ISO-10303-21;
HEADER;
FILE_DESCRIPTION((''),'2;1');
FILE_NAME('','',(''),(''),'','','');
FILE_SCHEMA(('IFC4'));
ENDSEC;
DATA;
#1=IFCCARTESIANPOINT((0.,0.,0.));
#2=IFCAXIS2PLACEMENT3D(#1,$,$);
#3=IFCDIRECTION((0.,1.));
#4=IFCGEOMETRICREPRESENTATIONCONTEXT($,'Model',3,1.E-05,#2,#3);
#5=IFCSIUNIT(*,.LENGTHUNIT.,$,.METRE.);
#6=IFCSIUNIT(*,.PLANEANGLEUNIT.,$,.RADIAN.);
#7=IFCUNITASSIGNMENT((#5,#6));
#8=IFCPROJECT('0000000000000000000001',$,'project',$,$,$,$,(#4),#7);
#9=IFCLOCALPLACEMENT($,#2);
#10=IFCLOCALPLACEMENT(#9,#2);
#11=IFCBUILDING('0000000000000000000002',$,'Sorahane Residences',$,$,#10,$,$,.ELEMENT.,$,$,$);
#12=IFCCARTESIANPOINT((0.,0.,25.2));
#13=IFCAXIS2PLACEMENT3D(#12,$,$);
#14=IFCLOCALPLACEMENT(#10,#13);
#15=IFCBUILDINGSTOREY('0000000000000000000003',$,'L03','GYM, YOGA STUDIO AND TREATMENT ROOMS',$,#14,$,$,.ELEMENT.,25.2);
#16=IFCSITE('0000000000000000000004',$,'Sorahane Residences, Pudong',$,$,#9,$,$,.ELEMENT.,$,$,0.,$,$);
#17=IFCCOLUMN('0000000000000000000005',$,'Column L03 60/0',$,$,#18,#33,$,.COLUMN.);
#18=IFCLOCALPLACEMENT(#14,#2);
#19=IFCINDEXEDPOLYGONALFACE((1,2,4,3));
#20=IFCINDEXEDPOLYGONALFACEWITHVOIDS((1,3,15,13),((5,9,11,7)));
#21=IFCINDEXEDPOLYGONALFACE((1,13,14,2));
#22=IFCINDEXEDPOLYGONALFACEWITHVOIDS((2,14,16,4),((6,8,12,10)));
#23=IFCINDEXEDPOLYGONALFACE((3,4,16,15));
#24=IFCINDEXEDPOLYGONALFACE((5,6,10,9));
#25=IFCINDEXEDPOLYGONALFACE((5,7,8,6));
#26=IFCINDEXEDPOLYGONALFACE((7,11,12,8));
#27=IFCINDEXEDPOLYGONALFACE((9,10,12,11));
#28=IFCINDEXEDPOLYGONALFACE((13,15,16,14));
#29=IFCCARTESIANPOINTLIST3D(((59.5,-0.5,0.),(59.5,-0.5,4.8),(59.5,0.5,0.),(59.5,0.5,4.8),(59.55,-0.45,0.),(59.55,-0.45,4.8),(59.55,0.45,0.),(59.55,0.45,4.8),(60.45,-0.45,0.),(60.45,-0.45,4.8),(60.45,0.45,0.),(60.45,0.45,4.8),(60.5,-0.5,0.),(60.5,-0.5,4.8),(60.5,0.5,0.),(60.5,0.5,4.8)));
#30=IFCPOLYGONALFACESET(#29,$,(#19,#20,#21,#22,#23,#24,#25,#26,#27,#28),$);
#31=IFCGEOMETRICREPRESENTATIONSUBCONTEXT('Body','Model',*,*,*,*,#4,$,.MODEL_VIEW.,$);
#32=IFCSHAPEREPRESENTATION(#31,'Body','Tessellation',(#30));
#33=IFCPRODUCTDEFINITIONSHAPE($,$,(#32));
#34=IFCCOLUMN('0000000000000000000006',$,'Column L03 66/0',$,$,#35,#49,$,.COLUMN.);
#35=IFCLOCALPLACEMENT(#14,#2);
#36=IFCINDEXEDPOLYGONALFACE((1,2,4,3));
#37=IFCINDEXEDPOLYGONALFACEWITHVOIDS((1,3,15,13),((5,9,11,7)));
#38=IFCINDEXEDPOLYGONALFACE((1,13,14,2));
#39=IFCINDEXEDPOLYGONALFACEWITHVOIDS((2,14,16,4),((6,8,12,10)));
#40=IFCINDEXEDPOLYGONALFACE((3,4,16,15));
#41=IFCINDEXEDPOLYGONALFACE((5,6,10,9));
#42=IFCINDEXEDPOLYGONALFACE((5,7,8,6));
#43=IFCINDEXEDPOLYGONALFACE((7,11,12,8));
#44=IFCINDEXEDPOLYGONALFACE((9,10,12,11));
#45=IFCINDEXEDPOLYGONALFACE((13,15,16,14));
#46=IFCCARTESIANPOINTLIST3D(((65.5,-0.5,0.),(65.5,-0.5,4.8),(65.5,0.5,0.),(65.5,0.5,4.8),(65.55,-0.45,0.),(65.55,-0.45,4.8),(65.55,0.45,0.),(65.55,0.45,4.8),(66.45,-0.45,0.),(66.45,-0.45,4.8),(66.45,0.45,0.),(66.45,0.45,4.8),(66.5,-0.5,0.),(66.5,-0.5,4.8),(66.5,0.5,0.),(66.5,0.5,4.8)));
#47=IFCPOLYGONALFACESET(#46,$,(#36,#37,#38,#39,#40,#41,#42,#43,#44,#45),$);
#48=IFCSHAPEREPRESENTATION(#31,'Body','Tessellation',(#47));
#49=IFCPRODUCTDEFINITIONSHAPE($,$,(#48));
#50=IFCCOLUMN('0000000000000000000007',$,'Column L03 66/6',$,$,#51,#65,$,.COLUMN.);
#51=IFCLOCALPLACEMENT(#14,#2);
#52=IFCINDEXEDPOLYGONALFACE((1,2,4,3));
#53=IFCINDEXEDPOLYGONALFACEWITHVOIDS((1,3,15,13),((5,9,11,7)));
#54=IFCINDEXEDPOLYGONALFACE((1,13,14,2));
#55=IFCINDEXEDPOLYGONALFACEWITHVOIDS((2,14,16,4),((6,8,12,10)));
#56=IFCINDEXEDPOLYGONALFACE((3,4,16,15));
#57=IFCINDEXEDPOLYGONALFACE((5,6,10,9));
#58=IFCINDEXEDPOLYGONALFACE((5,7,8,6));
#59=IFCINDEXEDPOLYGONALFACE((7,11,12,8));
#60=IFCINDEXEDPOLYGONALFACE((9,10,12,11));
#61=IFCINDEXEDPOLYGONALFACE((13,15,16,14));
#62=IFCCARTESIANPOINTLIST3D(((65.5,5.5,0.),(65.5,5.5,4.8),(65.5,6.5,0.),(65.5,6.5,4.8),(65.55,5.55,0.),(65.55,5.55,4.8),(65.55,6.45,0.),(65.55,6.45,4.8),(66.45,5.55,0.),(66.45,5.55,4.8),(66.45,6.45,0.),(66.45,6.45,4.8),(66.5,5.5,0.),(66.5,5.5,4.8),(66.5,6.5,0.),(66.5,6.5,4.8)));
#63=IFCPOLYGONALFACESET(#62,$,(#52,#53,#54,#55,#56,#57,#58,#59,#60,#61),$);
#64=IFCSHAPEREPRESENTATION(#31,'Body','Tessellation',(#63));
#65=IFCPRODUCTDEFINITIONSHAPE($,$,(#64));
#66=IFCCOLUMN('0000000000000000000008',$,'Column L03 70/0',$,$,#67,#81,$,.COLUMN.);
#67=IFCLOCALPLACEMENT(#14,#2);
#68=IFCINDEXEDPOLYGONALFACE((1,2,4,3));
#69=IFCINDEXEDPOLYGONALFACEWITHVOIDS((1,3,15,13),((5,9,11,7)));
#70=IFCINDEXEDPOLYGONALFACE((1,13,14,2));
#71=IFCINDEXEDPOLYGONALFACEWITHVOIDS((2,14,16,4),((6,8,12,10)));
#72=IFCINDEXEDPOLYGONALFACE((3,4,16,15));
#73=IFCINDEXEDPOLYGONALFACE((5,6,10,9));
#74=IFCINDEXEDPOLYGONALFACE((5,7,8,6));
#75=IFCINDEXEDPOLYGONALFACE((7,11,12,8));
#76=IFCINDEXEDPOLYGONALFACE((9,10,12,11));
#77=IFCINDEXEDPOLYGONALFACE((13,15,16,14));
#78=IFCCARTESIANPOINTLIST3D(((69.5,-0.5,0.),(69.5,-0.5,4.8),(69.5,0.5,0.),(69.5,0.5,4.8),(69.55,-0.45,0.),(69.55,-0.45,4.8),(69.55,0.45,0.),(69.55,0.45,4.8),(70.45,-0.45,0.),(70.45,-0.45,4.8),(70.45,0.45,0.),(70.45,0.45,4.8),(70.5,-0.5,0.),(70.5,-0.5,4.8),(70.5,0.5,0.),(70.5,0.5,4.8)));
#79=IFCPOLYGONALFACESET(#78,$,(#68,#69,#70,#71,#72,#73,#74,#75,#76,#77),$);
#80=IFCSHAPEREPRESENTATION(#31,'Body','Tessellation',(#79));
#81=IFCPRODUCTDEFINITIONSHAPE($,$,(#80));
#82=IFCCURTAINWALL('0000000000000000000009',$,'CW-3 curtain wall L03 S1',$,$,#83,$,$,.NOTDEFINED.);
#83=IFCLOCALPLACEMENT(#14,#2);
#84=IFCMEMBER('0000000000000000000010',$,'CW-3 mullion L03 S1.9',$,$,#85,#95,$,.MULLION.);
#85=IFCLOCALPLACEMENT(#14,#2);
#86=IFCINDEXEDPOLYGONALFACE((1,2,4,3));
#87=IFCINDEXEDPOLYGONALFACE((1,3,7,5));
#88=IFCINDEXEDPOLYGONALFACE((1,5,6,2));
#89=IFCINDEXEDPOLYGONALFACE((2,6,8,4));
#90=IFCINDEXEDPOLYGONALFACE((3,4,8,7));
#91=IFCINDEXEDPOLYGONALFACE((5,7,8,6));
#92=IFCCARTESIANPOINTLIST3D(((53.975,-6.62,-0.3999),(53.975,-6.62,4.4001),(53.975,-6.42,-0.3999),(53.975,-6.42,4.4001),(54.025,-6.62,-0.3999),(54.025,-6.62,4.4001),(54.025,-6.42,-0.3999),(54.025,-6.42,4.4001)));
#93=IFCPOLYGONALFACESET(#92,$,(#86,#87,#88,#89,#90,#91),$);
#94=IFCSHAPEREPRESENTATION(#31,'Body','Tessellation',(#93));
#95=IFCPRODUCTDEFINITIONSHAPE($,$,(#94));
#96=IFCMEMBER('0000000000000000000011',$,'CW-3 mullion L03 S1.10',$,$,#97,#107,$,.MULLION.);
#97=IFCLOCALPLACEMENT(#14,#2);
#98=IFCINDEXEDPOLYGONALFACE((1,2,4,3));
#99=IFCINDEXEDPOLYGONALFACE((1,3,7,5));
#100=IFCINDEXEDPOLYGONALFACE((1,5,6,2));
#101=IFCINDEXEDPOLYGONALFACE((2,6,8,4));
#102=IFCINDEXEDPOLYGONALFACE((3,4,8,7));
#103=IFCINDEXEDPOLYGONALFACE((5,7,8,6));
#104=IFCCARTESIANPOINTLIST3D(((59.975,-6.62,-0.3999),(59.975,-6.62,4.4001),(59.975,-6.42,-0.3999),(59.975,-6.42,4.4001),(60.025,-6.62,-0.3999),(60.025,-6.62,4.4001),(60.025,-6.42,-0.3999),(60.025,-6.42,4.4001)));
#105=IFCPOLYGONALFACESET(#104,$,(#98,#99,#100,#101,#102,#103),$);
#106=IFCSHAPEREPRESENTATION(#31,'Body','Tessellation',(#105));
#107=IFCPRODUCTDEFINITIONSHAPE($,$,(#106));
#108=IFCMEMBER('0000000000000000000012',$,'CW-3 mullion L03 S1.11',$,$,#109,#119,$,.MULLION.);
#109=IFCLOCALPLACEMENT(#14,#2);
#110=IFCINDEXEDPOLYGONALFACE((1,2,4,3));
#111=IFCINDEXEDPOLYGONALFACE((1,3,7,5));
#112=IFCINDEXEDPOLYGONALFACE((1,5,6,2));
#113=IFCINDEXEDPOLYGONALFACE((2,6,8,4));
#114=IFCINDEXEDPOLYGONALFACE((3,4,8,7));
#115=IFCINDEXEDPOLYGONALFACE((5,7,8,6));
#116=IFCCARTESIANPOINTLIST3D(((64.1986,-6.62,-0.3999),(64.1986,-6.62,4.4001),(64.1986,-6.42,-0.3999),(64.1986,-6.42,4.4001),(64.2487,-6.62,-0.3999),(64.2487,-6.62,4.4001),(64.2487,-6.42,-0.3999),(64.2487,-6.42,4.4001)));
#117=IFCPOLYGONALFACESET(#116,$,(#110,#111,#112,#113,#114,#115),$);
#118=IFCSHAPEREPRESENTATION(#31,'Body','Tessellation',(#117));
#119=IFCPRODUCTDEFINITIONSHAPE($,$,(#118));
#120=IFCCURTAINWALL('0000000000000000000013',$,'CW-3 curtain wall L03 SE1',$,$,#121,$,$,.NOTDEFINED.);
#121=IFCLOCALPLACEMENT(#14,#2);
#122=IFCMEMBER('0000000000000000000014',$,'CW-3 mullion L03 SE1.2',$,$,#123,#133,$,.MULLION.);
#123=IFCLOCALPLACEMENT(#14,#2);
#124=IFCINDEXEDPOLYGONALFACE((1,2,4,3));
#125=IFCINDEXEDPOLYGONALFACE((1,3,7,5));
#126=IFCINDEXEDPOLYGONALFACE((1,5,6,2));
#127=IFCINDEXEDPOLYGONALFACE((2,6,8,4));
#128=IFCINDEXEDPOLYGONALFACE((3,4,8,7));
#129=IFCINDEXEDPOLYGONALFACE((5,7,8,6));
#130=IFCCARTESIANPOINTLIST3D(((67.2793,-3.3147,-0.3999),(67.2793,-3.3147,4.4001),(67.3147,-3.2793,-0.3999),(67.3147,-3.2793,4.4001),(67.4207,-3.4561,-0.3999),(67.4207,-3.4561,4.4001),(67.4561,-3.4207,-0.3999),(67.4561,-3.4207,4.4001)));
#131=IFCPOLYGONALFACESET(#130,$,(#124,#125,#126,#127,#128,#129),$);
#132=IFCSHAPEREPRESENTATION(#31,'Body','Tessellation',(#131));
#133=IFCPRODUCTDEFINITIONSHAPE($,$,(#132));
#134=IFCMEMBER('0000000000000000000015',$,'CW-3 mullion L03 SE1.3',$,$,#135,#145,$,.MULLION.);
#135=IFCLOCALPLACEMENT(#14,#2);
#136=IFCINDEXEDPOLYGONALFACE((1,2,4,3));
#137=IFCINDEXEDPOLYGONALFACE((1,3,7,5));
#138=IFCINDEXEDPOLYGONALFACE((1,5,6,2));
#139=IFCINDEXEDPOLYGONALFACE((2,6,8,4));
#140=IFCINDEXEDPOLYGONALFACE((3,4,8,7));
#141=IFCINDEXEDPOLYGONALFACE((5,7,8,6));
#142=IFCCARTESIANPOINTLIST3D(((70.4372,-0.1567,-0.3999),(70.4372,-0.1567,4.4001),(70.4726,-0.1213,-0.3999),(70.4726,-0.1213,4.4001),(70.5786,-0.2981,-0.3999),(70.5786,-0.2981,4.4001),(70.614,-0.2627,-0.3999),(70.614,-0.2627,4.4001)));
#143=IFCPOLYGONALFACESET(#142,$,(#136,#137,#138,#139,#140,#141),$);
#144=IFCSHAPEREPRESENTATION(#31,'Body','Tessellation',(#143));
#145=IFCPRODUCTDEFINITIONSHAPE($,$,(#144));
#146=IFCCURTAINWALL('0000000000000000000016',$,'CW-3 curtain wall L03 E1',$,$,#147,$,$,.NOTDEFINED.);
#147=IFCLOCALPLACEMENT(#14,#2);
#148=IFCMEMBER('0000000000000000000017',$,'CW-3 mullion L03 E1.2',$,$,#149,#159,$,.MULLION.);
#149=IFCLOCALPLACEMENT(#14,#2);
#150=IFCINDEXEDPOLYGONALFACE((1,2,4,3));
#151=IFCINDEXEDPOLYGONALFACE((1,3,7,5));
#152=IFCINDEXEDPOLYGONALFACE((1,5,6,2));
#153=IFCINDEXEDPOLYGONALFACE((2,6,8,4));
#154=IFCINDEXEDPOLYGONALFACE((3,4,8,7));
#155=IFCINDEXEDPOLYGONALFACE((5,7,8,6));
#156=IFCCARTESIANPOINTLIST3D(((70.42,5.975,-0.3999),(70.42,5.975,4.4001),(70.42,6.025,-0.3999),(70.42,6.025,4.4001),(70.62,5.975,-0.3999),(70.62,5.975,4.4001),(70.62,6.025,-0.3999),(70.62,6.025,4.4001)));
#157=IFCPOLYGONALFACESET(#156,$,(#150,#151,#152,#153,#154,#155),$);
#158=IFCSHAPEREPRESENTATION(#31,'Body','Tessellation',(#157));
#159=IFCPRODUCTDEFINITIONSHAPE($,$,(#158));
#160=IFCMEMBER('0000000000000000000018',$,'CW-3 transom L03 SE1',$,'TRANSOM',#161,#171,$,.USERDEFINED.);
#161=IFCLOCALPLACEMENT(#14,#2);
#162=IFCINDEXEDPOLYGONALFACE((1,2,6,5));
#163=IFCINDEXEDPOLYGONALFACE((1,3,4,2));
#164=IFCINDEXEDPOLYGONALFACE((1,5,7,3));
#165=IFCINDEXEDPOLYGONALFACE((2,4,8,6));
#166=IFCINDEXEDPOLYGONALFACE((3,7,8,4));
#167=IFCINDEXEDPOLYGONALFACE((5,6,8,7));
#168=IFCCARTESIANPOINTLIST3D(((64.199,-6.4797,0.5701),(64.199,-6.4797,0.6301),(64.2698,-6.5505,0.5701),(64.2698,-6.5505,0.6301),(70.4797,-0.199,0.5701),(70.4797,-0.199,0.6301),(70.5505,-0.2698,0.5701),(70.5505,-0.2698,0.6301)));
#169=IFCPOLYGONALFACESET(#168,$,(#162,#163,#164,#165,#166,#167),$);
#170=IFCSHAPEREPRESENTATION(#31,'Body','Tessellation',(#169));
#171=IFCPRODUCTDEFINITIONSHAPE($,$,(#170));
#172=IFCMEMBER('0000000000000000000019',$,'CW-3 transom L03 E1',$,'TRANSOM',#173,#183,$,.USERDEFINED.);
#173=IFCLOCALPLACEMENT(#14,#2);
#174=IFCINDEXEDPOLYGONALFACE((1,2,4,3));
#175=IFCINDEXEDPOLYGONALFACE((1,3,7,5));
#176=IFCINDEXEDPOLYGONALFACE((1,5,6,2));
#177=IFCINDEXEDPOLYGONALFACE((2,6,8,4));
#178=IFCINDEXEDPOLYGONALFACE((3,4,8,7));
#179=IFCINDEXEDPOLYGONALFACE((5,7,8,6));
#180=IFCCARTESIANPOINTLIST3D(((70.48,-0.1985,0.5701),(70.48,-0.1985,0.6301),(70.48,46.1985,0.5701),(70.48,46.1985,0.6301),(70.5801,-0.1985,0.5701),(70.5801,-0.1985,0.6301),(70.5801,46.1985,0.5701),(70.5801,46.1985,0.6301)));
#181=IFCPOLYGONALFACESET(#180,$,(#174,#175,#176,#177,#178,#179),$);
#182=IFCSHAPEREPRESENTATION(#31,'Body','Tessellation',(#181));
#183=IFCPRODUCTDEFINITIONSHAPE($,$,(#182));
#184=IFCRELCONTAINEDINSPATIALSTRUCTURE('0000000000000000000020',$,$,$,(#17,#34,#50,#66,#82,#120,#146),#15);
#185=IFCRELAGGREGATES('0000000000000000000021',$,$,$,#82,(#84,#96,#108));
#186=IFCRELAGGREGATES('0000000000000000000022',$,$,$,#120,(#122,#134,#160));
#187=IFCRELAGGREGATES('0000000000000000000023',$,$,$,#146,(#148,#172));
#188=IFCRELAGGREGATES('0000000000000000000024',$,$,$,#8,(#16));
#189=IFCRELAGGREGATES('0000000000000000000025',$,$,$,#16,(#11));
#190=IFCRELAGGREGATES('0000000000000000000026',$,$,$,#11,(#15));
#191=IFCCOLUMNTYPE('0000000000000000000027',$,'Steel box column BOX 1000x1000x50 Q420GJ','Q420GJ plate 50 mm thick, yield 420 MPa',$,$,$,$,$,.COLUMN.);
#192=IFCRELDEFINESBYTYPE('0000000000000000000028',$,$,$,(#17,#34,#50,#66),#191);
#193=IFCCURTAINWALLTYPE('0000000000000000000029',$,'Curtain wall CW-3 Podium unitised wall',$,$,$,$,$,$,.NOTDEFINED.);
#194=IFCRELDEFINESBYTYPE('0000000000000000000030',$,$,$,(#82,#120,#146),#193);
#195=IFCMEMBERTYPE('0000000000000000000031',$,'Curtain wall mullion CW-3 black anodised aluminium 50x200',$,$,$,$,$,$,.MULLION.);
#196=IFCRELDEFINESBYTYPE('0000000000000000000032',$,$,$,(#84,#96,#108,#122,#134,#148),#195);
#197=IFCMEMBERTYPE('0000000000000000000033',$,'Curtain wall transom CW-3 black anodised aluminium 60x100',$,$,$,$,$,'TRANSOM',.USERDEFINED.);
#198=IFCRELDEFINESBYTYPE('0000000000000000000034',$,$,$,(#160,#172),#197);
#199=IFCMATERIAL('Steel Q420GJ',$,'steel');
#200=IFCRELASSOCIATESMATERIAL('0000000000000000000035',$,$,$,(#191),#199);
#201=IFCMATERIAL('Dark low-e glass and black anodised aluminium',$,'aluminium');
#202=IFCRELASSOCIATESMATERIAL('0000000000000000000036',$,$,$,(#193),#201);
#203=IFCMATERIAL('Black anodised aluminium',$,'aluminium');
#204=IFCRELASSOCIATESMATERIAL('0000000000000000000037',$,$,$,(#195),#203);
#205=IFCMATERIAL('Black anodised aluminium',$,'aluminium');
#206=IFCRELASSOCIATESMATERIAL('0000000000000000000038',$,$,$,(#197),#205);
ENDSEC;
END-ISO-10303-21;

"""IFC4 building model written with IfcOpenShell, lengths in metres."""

from ifc_helpers import new_model, si_unit, direction, frame, origin, origin_2d, place, context, subcontext, project, spatial, rectangle, hollow_rectangle, extrude, material, material_profile, profile_set, type_object, element, aggregate, save


model = new_model("IFC4")

# Units and contexts
model_context = context("Model", 3, precision=1e-05, world=origin(), true_north=direction((0.0, 1.0)))
body_context = subcontext(model_context, "Body", "Model", "MODEL_VIEW")
ifc_project = project(units=[si_unit("LENGTHUNIT", "METRE"), si_unit("PLANEANGLEUNIT", "RADIAN")], contexts=[model_context])

# Site, building, storey
site_placement = place(None, origin())
site = spatial("IfcSite", under=ifc_project, at=site_placement, Name="Sorahane Residences, Pudong", CompositionType="ELEMENT", RefElevation=0.0)
building_placement = place(site_placement, origin())
building = spatial("IfcBuilding", under=site, at=building_placement, Name="Sorahane Residences", CompositionType="ELEMENT")
storey_placement = place(building_placement, frame((0.0, 0.0, 25.2)))
storey = spatial("IfcBuildingStorey", under=building, at=storey_placement, Name="L03", Description="GYM, YOGA STUDIO AND TREATMENT ROOMS", CompositionType="ELEMENT", Elevation=25.2)

# Columns
ifc_material_1 = material(Name="Steel Q420GJ", Category="steel")
ifc_material_profile_1 = material_profile(ifc_material_1, hollow_rectangle(XDim=1.0, YDim=1.0, WallThickness=0.05, at=origin_2d()), Name="BOX 1000x1000x50")
ifc_profile_set_1 = profile_set([ifc_material_profile_1], Name="Steel Q420GJ")
column_type = type_object("IfcColumnType", Name="Steel box column BOX 1000x1000x50 Q420GJ", Description="Q420GJ plate 50 mm thick, yield 420 MPa", PredefinedType="COLUMN", material=ifc_profile_set_1)
for number, where, z_axis, x_axis, name in (
    (1, (60.0, 0.0, 0.0), (0.0, 0.0, 1.0), (1.0, 0.0, 0.0), "Column L03 60/0"),
    (2, (66.0, 0.0, 0.0), (0.0, 0.0, 1.0), (1.0, 0.0, 0.0), "Column L03 66/0"),
    (3, (66.0, 6.0, 0.0), (0.0, 0.0, 1.0), (1.0, 0.0, 0.0), "Column L03 66/6"),
    (4, (70.0, 0.0, 0.0), (0.0, 0.0, 1.0), (1.0, 0.0, 0.0), "Column L03 70/0"),
):
    element("IfcColumn", number, at=place(storey_placement, frame(where, z_axis=z_axis, x_axis=x_axis)), inside=storey, type_object=column_type, Name=name, PredefinedType="COLUMN", context=body_context, shape_type="SweptSolid", body=[
        extrude(hollow_rectangle(XDim=1.0, YDim=1.0, WallThickness=0.05, at=origin_2d()), origin(), (0.0, 0.0, 1.0), 4.8),
    ])

# Curtain walls, members
ifc_material_2 = material(Name="Dark low-e glass and black anodised aluminium", Category="aluminium")
curtain_wall_type = type_object("IfcCurtainWallType", Name="Curtain wall CW-3 Podium unitised wall", PredefinedType="NOTDEFINED", material=ifc_material_2)
curtain_wall_1_placement = place(storey_placement, origin())
curtain_wall_1 = element("IfcCurtainWall", 5, at=curtain_wall_1_placement, inside=storey, type_object=curtain_wall_type, Name="CW-3 curtain wall L03 S1", PredefinedType="NOTDEFINED")
ifc_material_3 = material(Name="Black anodised aluminium", Category="aluminium")
ifc_material_profile_2 = material_profile(ifc_material_3, rectangle(XDim=0.2, YDim=0.05, at=origin_2d()), Name="Curtain wall mullion CW-3 black anodised aluminium 50x200")
ifc_profile_set_2 = profile_set([ifc_material_profile_2], Name="Black anodised aluminium")
member_type_1 = type_object("IfcMemberType", Name="Curtain wall mullion CW-3 black anodised aluminium 50x200", PredefinedType="MULLION", material=ifc_profile_set_2)
member_1_placement = place(storey_placement, frame((54.0, -6.52, -0.3999), z_axis=(0.0, 0.0, 1.0), x_axis=(0.0, -1.0, 0.0)))
member_1 = element("IfcMember", 6, at=member_1_placement, type_object=member_type_1, Name="CW-3 mullion L03 S1.9", PredefinedType="MULLION", context=body_context, shape_type="SweptSolid", body=[
    extrude(rectangle(XDim=0.2, YDim=0.05, at=origin_2d()), origin(), (0.0, 0.0, 1.0), 4.8),
])
member_2_placement = place(storey_placement, frame((60.0, -6.52, -0.3999), z_axis=(0.0, 0.0, 1.0), x_axis=(0.0, -1.0, 0.0)))
member_2 = element("IfcMember", 7, at=member_2_placement, type_object=member_type_1, Name="CW-3 mullion L03 S1.10", PredefinedType="MULLION", context=body_context, shape_type="SweptSolid", body=[
    extrude(rectangle(XDim=0.2, YDim=0.05, at=origin_2d()), origin(), (0.0, 0.0, 1.0), 4.8),
])
member_3_placement = place(storey_placement, frame((64.2236, -6.52, -0.3999), z_axis=(0.0, 0.0, 1.0), x_axis=(0.0, -1.0, 0.0)))
member_3 = element("IfcMember", 8, at=member_3_placement, type_object=member_type_1, Name="CW-3 mullion L03 S1.11", PredefinedType="MULLION", context=body_context, shape_type="SweptSolid", body=[
    extrude(rectangle(XDim=0.2, YDim=0.05, at=origin_2d()), origin(), (0.0, 0.0, 1.0), 4.8),
])
curtain_wall_2_placement = place(storey_placement, origin())
curtain_wall_2 = element("IfcCurtainWall", 9, at=curtain_wall_2_placement, inside=storey, type_object=curtain_wall_type, Name="CW-3 curtain wall L03 SE1", PredefinedType="NOTDEFINED")
member_4_placement = place(storey_placement, frame((67.3677, -3.3677, -0.3999), z_axis=(0.0, 0.0, 1.0), x_axis=(0.707107, -0.707107, 0.0)))
member_4 = element("IfcMember", 10, at=member_4_placement, type_object=member_type_1, Name="CW-3 mullion L03 SE1.2", PredefinedType="MULLION", context=body_context, shape_type="SweptSolid", body=[
    extrude(rectangle(XDim=0.2, YDim=0.05, at=origin_2d()), origin(), (0.0, 0.0, 1.0), 4.8),
])
member_5_placement = place(storey_placement, frame((70.5256, -0.2097, -0.3999), z_axis=(0.0, 0.0, 1.0), x_axis=(0.707107, -0.707107, 0.0)))
member_5 = element("IfcMember", 11, at=member_5_placement, type_object=member_type_1, Name="CW-3 mullion L03 SE1.3", PredefinedType="MULLION", context=body_context, shape_type="SweptSolid", body=[
    extrude(rectangle(XDim=0.2, YDim=0.05, at=origin_2d()), origin(), (0.0, 0.0, 1.0), 4.8),
])

# Curtain wall, member
curtain_wall_3_placement = place(storey_placement, origin())
curtain_wall_3 = element("IfcCurtainWall", 12, at=curtain_wall_3_placement, inside=storey, type_object=curtain_wall_type, Name="CW-3 curtain wall L03 E1", PredefinedType="NOTDEFINED")
member_6_placement = place(storey_placement, frame((70.52, 6.0, -0.3999), z_axis=(0.0, 0.0, 1.0), x_axis=(1.0, 0.0, 0.0)))
member_6 = element("IfcMember", 13, at=member_6_placement, type_object=member_type_1, Name="CW-3 mullion L03 E1.2", PredefinedType="MULLION", context=body_context, shape_type="SweptSolid", body=[
    extrude(rectangle(XDim=0.2, YDim=0.05, at=origin_2d()), origin(), (0.0, 0.0, 1.0), 4.8),
])

# Members
ifc_material_4 = material(Name="Black anodised aluminium", Category="aluminium")
ifc_material_profile_3 = material_profile(ifc_material_4, rectangle(XDim=0.1001, YDim=0.0601, at=origin_2d()), Name="Curtain wall transom CW-3 black anodised aluminium 60x100")
ifc_profile_set_3 = profile_set([ifc_material_profile_3], Name="Black anodised aluminium")
member_type_2 = type_object("IfcMemberType", Name="Curtain wall transom CW-3 black anodised aluminium 60x100", ElementType="TRANSOM", PredefinedType="USERDEFINED", material=ifc_profile_set_3)
member_7_placement = place(storey_placement, frame((64.2344, -6.5151, 0.6001), z_axis=(0.707107, 0.707107, 0.0), x_axis=(-0.707107, 0.707107, 0.0)))
member_7 = element("IfcMember", 14, at=member_7_placement, type_object=member_type_2, Name="CW-3 transom L03 SE1", ObjectType="TRANSOM", PredefinedType="USERDEFINED", context=body_context, shape_type="SweptSolid", body=[
    extrude(rectangle(XDim=0.1001, YDim=0.0601, at=origin_2d()), origin(), (0.0, 0.0, 1.0), 8.8823),
])
member_8_placement = place(storey_placement, frame((70.53, -0.1985, 0.6001), z_axis=(0.0, 1.0, 0.0), x_axis=(-1.0, 0.0, 0.0)))
member_8 = element("IfcMember", 15, at=member_8_placement, type_object=member_type_2, Name="CW-3 transom L03 E1", ObjectType="TRANSOM", PredefinedType="USERDEFINED", context=body_context, shape_type="SweptSolid", body=[
    extrude(rectangle(XDim=0.1001, YDim=0.0601, at=origin_2d()), origin(), (0.0, 0.0, 1.0), 46.397),
])

aggregate(curtain_wall_1, [member_1, member_2, member_3])
aggregate(curtain_wall_2, [member_4, member_5, member_7])
aggregate(curtain_wall_3, [member_6, member_8])

save(model, "model.ifc")
